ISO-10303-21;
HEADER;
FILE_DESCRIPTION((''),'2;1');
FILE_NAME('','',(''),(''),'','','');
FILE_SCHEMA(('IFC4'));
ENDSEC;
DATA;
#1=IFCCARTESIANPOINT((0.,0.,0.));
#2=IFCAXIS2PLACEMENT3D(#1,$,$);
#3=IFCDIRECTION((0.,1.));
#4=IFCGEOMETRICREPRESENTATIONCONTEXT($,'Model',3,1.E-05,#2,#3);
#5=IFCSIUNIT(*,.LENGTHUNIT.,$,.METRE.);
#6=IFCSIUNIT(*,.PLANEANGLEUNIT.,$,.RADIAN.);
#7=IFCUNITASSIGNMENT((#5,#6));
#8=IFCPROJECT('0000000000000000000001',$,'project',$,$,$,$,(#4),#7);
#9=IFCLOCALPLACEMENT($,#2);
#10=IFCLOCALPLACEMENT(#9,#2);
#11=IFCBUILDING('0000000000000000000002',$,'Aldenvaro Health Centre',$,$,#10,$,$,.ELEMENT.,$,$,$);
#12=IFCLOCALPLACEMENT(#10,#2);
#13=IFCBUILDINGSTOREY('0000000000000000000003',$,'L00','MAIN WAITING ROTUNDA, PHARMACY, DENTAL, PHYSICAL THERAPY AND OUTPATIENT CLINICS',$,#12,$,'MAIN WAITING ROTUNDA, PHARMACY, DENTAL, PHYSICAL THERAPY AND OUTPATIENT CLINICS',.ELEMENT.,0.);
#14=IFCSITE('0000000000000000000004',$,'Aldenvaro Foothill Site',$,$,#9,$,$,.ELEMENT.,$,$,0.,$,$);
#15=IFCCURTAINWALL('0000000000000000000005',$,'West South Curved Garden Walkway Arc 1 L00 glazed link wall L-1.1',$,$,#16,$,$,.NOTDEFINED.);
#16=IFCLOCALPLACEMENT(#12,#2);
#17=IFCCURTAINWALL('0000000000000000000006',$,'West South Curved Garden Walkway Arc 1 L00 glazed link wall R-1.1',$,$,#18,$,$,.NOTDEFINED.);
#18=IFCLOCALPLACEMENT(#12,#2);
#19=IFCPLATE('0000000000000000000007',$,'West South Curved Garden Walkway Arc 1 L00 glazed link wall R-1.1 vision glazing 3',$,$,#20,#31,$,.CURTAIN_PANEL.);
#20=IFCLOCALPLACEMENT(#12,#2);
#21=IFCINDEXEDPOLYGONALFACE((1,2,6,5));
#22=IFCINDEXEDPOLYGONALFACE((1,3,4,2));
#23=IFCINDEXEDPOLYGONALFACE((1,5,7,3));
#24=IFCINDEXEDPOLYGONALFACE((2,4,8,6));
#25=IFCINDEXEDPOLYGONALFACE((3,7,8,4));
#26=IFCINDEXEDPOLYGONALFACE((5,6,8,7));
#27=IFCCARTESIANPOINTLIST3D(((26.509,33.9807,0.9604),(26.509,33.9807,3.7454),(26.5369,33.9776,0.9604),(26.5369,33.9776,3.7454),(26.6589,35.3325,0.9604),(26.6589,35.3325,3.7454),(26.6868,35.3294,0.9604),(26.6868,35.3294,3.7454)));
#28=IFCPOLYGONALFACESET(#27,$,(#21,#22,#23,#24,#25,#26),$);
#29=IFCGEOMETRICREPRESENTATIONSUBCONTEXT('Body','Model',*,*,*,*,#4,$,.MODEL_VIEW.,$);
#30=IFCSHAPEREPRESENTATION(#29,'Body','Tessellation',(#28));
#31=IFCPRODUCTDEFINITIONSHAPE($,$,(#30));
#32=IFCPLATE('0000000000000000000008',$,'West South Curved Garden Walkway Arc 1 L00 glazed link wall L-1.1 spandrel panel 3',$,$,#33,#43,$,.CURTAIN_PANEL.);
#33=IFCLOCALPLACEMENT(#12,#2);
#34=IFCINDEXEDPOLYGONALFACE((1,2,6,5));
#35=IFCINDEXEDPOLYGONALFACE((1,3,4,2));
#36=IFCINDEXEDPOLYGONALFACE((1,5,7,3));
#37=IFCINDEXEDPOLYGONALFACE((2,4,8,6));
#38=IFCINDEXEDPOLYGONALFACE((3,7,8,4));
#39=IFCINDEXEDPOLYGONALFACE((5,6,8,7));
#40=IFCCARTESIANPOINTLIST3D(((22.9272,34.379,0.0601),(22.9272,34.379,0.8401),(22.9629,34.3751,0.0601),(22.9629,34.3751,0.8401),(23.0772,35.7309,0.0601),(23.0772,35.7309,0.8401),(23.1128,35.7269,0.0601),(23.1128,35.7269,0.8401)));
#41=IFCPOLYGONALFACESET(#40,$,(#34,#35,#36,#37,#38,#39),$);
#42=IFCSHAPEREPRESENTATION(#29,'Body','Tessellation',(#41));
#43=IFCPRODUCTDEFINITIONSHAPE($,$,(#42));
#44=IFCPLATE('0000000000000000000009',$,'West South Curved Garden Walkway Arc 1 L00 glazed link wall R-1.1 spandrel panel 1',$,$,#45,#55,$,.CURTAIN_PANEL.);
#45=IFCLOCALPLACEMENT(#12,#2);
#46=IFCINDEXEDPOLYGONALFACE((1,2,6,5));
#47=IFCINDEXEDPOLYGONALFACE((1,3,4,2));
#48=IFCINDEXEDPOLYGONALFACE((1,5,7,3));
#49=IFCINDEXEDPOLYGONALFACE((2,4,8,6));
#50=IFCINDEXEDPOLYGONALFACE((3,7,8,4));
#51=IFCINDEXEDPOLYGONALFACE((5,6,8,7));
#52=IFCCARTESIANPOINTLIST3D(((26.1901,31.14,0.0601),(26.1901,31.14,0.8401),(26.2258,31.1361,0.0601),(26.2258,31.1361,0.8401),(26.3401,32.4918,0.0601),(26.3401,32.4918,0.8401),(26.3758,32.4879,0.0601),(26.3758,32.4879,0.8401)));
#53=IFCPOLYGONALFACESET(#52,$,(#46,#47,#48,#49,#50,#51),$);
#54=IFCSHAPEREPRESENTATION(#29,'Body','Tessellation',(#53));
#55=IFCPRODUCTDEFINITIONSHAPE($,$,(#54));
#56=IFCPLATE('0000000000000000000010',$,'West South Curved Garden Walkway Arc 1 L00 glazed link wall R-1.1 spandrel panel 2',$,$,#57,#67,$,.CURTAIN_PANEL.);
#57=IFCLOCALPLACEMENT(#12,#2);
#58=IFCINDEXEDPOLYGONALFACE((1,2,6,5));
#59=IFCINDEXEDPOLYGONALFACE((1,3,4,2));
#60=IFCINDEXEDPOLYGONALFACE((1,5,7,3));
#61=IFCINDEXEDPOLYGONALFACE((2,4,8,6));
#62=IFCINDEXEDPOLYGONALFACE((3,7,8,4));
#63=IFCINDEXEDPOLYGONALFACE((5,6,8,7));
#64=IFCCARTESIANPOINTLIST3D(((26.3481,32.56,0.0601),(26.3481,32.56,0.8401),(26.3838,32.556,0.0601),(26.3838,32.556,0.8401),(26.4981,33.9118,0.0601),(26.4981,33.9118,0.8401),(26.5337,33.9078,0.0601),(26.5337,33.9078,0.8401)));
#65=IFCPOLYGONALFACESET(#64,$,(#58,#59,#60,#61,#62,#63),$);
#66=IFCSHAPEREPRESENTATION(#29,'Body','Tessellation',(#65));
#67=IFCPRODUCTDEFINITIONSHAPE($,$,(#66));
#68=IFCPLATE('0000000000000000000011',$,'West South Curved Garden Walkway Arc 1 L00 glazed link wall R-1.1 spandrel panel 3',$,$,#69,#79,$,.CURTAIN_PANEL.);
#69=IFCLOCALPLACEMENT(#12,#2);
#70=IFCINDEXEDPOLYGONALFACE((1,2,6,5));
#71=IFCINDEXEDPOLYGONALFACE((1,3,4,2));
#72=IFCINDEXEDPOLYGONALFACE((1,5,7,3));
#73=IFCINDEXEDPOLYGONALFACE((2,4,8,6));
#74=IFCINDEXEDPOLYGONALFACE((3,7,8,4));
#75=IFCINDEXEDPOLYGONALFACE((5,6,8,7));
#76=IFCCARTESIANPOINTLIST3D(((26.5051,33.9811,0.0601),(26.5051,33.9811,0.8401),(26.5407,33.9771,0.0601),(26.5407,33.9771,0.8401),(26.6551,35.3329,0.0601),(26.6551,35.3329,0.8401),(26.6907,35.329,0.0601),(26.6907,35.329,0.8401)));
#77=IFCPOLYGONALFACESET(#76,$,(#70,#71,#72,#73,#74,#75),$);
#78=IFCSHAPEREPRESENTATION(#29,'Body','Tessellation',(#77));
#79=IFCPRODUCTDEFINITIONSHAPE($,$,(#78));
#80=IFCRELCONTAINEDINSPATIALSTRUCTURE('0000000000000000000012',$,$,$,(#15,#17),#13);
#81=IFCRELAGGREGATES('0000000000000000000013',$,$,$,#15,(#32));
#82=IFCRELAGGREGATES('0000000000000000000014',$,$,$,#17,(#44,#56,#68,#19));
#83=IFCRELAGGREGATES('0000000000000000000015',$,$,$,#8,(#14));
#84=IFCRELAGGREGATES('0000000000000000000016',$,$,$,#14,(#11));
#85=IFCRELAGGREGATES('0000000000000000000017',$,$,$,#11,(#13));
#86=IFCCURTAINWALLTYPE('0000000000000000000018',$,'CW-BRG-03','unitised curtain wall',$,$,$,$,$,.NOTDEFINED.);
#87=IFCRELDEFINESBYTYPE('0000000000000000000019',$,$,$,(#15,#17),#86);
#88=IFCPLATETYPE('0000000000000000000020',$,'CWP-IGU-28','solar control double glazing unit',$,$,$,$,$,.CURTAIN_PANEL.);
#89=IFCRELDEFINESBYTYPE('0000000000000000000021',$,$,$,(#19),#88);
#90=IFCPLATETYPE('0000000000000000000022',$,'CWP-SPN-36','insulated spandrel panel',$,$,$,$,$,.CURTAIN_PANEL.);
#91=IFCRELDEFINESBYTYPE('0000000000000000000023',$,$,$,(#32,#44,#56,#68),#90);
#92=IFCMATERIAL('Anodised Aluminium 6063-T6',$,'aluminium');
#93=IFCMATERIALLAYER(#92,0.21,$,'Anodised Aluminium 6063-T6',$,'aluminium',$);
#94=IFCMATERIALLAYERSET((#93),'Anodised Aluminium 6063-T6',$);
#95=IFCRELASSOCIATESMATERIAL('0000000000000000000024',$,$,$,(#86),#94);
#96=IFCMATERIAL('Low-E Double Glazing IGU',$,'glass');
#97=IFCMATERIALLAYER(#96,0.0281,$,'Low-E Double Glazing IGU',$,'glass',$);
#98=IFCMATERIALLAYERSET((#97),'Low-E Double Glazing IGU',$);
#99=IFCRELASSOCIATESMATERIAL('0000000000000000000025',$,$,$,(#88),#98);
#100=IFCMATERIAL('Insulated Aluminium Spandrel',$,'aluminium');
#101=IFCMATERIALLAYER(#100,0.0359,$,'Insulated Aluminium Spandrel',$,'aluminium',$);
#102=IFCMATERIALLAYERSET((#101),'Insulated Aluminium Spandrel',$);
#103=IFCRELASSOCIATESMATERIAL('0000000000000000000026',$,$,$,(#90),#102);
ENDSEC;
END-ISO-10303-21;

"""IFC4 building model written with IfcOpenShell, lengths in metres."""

from ifc_helpers import new_model, si_unit, direction, frame, origin, origin_2d, place, context, subcontext, project, spatial, rectangle, extrude, material, layer, layer_set, type_object, element, aggregate, save


model = new_model("IFC4")

# Units and contexts
model_context = context("Model", 3, precision=1e-05, world=origin(), true_north=direction((0.0, 1.0)))
body_context = subcontext(model_context, "Body", "Model", "MODEL_VIEW")
ifc_project = project(units=[si_unit("LENGTHUNIT", "METRE"), si_unit("PLANEANGLEUNIT", "RADIAN")], contexts=[model_context])

# Site, building, storey
site_placement = place(None, origin())
site = spatial("IfcSite", under=ifc_project, at=site_placement, Name="Aldenvaro Foothill Site", CompositionType="ELEMENT", RefElevation=0.0)
building_placement = place(site_placement, origin())
building = spatial("IfcBuilding", under=site, at=building_placement, Name="Aldenvaro Health Centre", CompositionType="ELEMENT")
storey_placement = place(building_placement, origin())
storey = spatial("IfcBuildingStorey", under=building, at=storey_placement, Name="L00", Description="MAIN WAITING ROTUNDA, PHARMACY, DENTAL, PHYSICAL THERAPY AND OUTPATIENT CLINICS", LongName="MAIN WAITING ROTUNDA, PHARMACY, DENTAL, PHYSICAL THERAPY AND OUTPATIENT CLINICS", CompositionType="ELEMENT", Elevation=0.0)

# Curtain wall
ifc_material_1 = material(Name="Anodised Aluminium 6063-T6", Category="aluminium")
ifc_layer_1 = layer(ifc_material_1, 0.21, Name="Anodised Aluminium 6063-T6", Category="aluminium")
ifc_layer_set_1 = layer_set([ifc_layer_1], Name="Anodised Aluminium 6063-T6")
curtain_wall_type = type_object("IfcCurtainWallType", Name="CW-BRG-03", Description="unitised curtain wall", PredefinedType="NOTDEFINED", material=ifc_layer_set_1)
curtain_wall_1_placement = place(storey_placement, origin())
curtain_wall_1 = element("IfcCurtainWall", 1, at=curtain_wall_1_placement, inside=storey, type_object=curtain_wall_type, Name="West South Curved Garden Walkway Arc 1 L00 glazed link wall L-1.1", PredefinedType="NOTDEFINED")

# Curtain wall
curtain_wall_2_placement = place(storey_placement, origin())
curtain_wall_2 = element("IfcCurtainWall", 2, at=curtain_wall_2_placement, inside=storey, type_object=curtain_wall_type, Name="West South Curved Garden Walkway Arc 1 L00 glazed link wall R-1.1", PredefinedType="NOTDEFINED")

# Plates
ifc_material_2 = material(Name="Low-E Double Glazing IGU", Category="glass")
ifc_layer_2 = layer(ifc_material_2, 0.0281, Name="Low-E Double Glazing IGU", Category="glass")
ifc_layer_set_2 = layer_set([ifc_layer_2], Name="Low-E Double Glazing IGU")
plate_type_1 = type_object("IfcPlateType", Name="CWP-IGU-28", Description="solar control double glazing unit", PredefinedType="CURTAIN_PANEL", material=ifc_layer_set_2)
plate_1_placement = place(storey_placement, frame((26.5979, 34.655, 0.9604), z_axis=(0.0, 0.0, 1.0), x_axis=(0.110278, 0.993901, 0.0)))
plate_1 = element("IfcPlate", 3, at=plate_1_placement, type_object=plate_type_1, Name="West South Curved Garden Walkway Arc 1 L00 glazed link wall R-1.1 vision glazing 3", PredefinedType="CURTAIN_PANEL", context=body_context, shape_type="SweptSolid", body=[
    extrude(rectangle(XDim=1.3601, YDim=0.0281, at=origin_2d()), origin(), (0.0, 0.0, 1.0), 2.7849),
])
ifc_material_3 = material(Name="Insulated Aluminium Spandrel", Category="aluminium")
ifc_layer_3 = layer(ifc_material_3, 0.0359, Name="Insulated Aluminium Spandrel", Category="aluminium")
ifc_layer_set_3 = layer_set([ifc_layer_3], Name="Insulated Aluminium Spandrel")
plate_type_2 = type_object("IfcPlateType", Name="CWP-SPN-36", Description="insulated spandrel panel", PredefinedType="CURTAIN_PANEL", material=ifc_layer_set_3)
plate_2_placement = place(storey_placement, frame((23.02, 35.053, 0.0601), z_axis=(0.0, 0.0, 1.0), x_axis=(0.110252, 0.993904, 0.0)))
plate_2 = element("IfcPlate", 4, at=plate_2_placement, type_object=plate_type_2, Name="West South Curved Garden Walkway Arc 1 L00 glazed link wall L-1.1 spandrel panel 3", PredefinedType="CURTAIN_PANEL", context=body_context, shape_type="SweptSolid", body=[
    extrude(rectangle(XDim=1.3601, YDim=0.0359, at=origin_2d()), origin(), (0.0, 0.0, 1.0), 0.78),
])
aggregate(curtain_wall_1, [plate_2])
plate_3_placement = place(storey_placement, frame((26.283, 31.814, 0.0601), z_axis=(0.0, 0.0, 1.0), x_axis=(0.110278, 0.993901, 0.0)))
plate_3 = element("IfcPlate", 5, at=plate_3_placement, type_object=plate_type_2, Name="West South Curved Garden Walkway Arc 1 L00 glazed link wall R-1.1 spandrel panel 1", PredefinedType="CURTAIN_PANEL", context=body_context, shape_type="SweptSolid", body=[
    extrude(rectangle(XDim=1.3601, YDim=0.0359, at=origin_2d()), origin(), (0.0, 0.0, 1.0), 0.78),
])
plate_4_placement = place(storey_placement, frame((26.4409, 33.2339, 0.0601), z_axis=(0.0, 0.0, 1.0), x_axis=(0.110278, 0.993901, 0.0)))
plate_4 = element("IfcPlate", 6, at=plate_4_placement, type_object=plate_type_2, Name="West South Curved Garden Walkway Arc 1 L00 glazed link wall R-1.1 spandrel panel 2", PredefinedType="CURTAIN_PANEL", context=body_context, shape_type="SweptSolid", body=[
    extrude(rectangle(XDim=1.3601, YDim=0.0359, at=origin_2d()), origin(), (0.0, 0.0, 1.0), 0.78),
])
plate_5_placement = place(storey_placement, frame((26.5979, 34.655, 0.0601), z_axis=(0.0, 0.0, 1.0), x_axis=(0.110278, 0.993901, 0.0)))
plate_5 = element("IfcPlate", 7, at=plate_5_placement, type_object=plate_type_2, Name="West South Curved Garden Walkway Arc 1 L00 glazed link wall R-1.1 spandrel panel 3", PredefinedType="CURTAIN_PANEL", context=body_context, shape_type="SweptSolid", body=[
    extrude(rectangle(XDim=1.3601, YDim=0.0359, at=origin_2d()), origin(), (0.0, 0.0, 1.0), 0.78),
])
aggregate(curtain_wall_2, [plate_3, plate_4, plate_5, plate_1])

save(model, "model.ifc")
